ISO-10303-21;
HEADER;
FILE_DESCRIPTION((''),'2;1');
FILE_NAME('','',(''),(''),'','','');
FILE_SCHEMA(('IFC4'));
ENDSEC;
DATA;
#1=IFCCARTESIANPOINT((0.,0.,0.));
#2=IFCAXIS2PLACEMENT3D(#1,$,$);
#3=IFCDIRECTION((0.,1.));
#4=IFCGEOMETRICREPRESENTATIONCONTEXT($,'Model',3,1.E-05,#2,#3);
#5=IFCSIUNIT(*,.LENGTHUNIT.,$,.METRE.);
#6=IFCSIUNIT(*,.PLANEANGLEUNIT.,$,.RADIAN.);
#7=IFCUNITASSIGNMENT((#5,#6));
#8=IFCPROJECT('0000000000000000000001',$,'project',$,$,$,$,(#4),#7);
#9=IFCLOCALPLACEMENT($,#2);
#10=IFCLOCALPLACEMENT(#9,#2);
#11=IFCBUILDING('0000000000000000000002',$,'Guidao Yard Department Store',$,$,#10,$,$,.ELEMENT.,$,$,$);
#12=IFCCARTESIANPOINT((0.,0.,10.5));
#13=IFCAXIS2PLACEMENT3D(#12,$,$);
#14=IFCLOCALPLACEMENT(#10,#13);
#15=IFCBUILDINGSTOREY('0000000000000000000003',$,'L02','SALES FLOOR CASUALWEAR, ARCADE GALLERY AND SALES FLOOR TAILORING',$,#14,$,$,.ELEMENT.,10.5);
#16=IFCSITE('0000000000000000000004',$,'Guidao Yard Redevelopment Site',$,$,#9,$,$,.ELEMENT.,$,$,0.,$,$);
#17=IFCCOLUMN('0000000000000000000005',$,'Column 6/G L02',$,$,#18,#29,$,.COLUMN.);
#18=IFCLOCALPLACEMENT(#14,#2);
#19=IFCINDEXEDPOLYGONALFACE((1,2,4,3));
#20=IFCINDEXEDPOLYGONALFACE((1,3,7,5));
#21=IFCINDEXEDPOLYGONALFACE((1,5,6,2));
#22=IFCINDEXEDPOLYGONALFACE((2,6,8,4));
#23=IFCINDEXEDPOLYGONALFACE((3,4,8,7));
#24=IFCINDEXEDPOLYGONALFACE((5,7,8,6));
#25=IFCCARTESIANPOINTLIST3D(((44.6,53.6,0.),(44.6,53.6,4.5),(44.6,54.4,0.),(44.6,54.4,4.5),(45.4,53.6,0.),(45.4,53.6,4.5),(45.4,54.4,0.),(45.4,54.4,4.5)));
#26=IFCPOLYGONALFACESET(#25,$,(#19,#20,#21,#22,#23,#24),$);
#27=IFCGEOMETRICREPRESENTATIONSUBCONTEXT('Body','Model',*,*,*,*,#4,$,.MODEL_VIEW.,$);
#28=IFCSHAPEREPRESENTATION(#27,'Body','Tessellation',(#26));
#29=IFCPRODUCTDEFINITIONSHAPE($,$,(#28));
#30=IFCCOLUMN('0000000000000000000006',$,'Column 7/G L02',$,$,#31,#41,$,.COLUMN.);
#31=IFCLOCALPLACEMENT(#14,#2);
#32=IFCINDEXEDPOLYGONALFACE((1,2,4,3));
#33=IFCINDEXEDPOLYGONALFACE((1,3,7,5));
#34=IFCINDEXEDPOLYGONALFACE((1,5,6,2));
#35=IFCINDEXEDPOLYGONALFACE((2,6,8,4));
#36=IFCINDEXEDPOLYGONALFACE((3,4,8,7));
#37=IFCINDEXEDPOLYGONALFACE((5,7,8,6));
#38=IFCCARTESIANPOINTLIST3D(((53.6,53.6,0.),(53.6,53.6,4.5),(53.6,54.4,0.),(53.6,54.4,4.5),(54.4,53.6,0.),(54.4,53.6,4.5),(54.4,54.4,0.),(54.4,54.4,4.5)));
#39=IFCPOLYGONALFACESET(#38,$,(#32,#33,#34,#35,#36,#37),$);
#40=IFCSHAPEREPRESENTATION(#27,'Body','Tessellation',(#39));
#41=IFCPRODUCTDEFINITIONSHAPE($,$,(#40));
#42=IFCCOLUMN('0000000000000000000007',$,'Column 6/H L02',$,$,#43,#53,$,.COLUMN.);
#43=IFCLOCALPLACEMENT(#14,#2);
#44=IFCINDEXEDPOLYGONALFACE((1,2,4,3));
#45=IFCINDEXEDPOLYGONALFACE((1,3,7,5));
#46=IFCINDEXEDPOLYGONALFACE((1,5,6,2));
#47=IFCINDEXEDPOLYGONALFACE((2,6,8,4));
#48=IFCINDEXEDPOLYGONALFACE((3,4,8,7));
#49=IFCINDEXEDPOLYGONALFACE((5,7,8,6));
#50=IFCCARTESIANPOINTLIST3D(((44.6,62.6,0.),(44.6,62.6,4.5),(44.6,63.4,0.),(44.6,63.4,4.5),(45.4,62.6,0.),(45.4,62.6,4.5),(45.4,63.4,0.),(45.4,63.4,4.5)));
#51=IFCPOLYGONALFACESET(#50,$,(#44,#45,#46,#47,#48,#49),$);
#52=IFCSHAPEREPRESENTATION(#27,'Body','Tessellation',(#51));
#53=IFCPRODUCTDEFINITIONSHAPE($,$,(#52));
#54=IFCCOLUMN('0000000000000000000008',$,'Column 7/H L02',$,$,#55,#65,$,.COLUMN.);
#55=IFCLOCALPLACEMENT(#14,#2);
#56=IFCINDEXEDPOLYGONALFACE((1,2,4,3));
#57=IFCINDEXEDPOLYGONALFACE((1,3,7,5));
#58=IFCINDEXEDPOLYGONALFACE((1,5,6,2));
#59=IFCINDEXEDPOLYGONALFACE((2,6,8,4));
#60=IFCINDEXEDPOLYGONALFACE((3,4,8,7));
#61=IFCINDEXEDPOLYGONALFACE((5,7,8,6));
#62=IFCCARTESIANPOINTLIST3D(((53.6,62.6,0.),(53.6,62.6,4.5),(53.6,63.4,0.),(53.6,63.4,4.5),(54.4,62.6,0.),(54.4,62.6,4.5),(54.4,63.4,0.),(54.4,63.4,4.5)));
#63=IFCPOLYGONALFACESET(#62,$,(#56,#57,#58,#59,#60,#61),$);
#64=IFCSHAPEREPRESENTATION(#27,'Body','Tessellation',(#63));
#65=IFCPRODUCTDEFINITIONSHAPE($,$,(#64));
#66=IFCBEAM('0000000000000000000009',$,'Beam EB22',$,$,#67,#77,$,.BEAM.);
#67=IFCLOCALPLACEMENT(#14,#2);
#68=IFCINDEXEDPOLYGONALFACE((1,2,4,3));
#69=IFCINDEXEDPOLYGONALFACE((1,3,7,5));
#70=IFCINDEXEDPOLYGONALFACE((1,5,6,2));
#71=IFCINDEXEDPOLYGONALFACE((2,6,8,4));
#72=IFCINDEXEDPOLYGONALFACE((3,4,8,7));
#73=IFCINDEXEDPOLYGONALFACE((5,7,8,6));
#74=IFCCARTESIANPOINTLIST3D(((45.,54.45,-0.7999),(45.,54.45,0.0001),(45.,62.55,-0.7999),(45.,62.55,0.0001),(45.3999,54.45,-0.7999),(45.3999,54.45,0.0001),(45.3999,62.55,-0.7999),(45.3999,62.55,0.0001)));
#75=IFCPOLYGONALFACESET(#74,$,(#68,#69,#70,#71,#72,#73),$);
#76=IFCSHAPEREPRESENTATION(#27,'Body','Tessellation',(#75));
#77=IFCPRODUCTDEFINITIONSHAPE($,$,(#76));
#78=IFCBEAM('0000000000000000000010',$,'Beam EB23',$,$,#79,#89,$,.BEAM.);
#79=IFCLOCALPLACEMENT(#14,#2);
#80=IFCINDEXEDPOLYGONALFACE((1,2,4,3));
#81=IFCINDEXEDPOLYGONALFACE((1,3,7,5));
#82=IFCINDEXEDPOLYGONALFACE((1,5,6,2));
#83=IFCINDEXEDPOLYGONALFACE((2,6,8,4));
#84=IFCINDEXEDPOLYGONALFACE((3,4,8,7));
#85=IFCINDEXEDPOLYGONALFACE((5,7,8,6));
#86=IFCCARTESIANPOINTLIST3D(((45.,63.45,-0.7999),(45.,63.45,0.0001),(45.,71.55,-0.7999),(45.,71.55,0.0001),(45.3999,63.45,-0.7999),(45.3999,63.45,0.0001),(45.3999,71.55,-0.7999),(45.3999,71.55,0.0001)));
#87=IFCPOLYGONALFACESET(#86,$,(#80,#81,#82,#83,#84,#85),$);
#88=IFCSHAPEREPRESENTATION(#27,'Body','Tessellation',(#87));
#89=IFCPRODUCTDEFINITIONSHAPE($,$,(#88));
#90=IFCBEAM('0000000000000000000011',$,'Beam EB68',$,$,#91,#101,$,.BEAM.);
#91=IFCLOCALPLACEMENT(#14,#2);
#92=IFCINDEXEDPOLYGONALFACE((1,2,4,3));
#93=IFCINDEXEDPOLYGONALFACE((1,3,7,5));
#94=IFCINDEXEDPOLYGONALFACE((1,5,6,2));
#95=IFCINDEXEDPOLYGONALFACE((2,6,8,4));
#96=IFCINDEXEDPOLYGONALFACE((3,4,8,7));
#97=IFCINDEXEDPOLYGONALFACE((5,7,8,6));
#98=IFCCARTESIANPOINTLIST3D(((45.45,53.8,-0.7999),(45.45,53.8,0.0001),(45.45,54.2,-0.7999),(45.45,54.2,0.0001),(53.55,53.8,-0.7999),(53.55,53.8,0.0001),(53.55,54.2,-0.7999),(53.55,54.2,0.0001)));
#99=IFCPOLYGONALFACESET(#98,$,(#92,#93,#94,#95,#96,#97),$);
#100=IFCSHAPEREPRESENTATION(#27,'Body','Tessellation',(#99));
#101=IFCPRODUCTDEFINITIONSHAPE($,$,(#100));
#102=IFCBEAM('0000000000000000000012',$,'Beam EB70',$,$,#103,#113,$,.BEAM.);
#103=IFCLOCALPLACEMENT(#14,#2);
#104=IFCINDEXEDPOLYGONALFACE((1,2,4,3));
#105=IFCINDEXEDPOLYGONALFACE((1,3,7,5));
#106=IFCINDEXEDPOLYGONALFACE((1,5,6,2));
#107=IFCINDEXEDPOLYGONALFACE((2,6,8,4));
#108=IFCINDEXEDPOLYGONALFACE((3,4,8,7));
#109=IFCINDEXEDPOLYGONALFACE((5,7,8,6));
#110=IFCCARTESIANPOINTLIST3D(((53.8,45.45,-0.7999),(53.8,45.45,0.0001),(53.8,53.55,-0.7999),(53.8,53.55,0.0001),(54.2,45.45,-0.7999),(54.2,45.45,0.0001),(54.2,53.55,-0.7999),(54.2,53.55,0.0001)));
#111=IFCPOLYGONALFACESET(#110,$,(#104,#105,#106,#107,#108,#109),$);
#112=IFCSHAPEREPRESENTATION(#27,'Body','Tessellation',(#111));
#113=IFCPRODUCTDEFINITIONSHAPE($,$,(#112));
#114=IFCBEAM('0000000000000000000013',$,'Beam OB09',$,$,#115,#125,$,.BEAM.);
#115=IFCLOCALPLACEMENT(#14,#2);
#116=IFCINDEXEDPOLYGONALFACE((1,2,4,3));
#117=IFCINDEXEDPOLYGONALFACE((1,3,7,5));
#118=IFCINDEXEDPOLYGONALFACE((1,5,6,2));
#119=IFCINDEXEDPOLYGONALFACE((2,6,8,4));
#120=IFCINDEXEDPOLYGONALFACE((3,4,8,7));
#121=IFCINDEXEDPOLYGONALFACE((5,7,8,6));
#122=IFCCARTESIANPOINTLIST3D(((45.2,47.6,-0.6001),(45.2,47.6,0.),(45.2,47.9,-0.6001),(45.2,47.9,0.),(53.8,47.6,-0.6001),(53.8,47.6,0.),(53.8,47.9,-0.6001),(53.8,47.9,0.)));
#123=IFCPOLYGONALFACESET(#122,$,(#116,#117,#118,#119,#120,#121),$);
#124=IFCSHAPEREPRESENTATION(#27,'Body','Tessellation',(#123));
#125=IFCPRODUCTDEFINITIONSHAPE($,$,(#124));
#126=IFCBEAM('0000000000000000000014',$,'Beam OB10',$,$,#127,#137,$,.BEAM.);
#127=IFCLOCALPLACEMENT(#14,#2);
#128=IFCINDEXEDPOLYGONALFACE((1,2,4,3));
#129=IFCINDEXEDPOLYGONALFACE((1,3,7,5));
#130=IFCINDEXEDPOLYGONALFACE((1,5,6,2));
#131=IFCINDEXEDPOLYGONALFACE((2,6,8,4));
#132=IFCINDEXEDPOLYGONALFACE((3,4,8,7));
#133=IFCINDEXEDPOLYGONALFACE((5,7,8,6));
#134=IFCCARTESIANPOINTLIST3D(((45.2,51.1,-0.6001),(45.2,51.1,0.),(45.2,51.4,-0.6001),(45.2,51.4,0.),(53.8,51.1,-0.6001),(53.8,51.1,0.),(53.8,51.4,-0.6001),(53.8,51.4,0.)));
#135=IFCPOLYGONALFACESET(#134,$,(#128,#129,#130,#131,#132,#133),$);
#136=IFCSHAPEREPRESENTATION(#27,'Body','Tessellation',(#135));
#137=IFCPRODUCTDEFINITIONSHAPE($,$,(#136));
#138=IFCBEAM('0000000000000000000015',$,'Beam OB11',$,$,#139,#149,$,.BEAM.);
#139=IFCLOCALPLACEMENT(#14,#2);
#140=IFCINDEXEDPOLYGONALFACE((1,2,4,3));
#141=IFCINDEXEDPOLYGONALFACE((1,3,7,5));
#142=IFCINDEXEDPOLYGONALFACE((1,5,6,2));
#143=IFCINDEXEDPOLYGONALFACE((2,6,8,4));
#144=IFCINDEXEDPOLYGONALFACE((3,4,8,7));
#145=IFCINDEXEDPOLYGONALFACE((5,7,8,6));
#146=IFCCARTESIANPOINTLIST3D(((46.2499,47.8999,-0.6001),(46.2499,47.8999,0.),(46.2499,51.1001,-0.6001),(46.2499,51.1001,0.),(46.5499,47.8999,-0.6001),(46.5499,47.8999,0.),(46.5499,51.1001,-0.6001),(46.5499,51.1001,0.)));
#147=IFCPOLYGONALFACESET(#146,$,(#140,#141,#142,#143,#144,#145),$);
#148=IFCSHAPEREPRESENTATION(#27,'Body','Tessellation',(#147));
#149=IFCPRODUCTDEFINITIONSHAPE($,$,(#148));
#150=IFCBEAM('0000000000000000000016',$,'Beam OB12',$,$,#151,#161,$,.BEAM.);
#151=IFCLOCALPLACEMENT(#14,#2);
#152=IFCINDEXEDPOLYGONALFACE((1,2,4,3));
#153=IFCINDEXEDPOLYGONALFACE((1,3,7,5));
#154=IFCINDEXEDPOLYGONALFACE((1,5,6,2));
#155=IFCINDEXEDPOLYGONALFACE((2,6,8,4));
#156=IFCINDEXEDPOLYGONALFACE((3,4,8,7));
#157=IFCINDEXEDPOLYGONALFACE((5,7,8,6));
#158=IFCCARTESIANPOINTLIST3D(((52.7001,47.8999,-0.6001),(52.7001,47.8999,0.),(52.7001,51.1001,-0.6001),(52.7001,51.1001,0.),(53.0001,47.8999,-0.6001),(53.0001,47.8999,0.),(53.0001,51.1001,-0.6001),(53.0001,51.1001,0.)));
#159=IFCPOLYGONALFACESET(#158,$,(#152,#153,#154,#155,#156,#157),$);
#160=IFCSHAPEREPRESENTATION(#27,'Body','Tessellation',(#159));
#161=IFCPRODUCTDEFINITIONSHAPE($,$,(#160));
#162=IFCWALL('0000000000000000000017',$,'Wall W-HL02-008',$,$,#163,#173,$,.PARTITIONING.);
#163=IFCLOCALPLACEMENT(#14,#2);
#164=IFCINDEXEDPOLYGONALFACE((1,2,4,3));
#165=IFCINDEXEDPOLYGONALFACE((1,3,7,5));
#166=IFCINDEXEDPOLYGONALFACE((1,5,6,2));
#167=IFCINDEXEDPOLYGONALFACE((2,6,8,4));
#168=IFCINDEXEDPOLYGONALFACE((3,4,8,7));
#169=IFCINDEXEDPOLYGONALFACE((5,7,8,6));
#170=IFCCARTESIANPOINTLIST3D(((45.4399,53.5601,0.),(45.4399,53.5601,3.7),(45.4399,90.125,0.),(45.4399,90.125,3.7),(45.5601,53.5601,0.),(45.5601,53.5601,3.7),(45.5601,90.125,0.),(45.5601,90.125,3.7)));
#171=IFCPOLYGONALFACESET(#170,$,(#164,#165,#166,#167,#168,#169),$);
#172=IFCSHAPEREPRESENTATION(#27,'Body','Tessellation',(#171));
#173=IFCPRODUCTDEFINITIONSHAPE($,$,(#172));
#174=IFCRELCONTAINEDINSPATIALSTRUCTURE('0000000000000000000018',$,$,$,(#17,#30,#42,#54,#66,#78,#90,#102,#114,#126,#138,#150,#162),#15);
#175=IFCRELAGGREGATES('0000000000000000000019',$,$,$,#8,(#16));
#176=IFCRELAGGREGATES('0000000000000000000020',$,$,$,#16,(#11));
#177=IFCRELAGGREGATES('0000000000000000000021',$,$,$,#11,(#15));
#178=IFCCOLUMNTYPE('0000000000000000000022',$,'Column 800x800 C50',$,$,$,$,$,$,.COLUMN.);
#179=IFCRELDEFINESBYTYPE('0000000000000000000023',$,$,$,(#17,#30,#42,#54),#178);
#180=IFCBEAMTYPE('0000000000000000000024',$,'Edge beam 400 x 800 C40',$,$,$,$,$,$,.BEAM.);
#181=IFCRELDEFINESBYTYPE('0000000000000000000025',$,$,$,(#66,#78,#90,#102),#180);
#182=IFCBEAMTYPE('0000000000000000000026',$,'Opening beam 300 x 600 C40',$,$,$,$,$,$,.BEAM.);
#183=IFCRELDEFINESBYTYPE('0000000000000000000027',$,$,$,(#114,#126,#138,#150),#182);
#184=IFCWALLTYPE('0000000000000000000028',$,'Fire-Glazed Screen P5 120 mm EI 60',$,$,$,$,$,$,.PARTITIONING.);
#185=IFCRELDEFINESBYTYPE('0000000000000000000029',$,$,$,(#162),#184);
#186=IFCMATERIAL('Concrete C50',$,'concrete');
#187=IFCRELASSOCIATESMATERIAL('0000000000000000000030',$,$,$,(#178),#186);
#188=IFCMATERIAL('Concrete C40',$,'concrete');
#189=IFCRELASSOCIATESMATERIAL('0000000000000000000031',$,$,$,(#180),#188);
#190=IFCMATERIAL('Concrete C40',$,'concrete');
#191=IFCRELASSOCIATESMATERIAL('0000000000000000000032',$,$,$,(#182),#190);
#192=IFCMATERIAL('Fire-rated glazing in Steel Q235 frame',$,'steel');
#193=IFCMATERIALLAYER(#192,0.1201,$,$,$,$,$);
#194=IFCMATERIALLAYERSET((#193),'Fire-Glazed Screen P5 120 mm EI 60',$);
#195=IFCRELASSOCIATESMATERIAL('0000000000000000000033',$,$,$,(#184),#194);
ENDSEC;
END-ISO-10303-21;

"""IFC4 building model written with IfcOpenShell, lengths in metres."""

from ifc_helpers import new_model, si_unit, direction, frame, frame_2d, origin, origin_2d, place, context, subcontext, project, spatial, rectangle, extrude, material, layer, layer_set, material_profile, profile_set, type_object, element, save


model = new_model("IFC4")

# Units and contexts
model_context = context("Model", 3, precision=1e-05, world=origin(), true_north=direction((0.0, 1.0)))
body_context = subcontext(model_context, "Body", "Model", "MODEL_VIEW")
ifc_project = project(units=[si_unit("LENGTHUNIT", "METRE"), si_unit("PLANEANGLEUNIT", "RADIAN")], contexts=[model_context])

# Site, building, storey
site_placement = place(None, origin())
site = spatial("IfcSite", under=ifc_project, at=site_placement, Name="Guidao Yard Redevelopment Site", CompositionType="ELEMENT", RefElevation=0.0)
building_placement = place(site_placement, origin())
building = spatial("IfcBuilding", under=site, at=building_placement, Name="Guidao Yard Department Store", CompositionType="ELEMENT")
storey_placement = place(building_placement, frame((0.0, 0.0, 10.5)))
storey = spatial("IfcBuildingStorey", under=building, at=storey_placement, Name="L02", Description="SALES FLOOR CASUALWEAR, ARCADE GALLERY AND SALES FLOOR TAILORING", CompositionType="ELEMENT", Elevation=10.5)

# Columns
ifc_material_1 = material(Name="Concrete C50", Category="concrete")
ifc_material_profile_1 = material_profile(ifc_material_1, rectangle(XDim=0.8, YDim=0.8, at=origin_2d()), Name="COL 800x800")
ifc_profile_set_1 = profile_set([ifc_material_profile_1], Name="Concrete C50")
column_type = type_object("IfcColumnType", Name="Column 800x800 C50", PredefinedType="COLUMN", material=ifc_profile_set_1)
for number, where, z_axis, x_axis, name in (
    (1, (45.0, 54.0, 0.0), (0.0, 0.0, 1.0), (1.0, 0.0, 0.0), "Column 6/G L02"),
    (2, (54.0, 54.0, 0.0), (0.0, 0.0, 1.0), (1.0, 0.0, 0.0), "Column 7/G L02"),
    (3, (45.0, 63.0, 0.0), (0.0, 0.0, 1.0), (1.0, 0.0, 0.0), "Column 6/H L02"),
    (4, (54.0, 63.0, 0.0), (0.0, 0.0, 1.0), (1.0, 0.0, 0.0), "Column 7/H L02"),
):
    element("IfcColumn", number, at=place(storey_placement, frame(where, z_axis=z_axis, x_axis=x_axis)), inside=storey, type_object=column_type, Name=name, PredefinedType="COLUMN", context=body_context, shape_type="SweptSolid", body=[
        extrude(rectangle(XDim=0.8, YDim=0.8, at=origin_2d()), origin(), (0.0, 0.0, 1.0), 4.5),
    ])

# Beams
ifc_material_2 = material(Name="Concrete C40", Category="concrete")
ifc_material_profile_2 = material_profile(ifc_material_2, rectangle(XDim=0.3999, YDim=0.8, at=origin_2d()), Name="Edge beam 400 x 800 C40")
ifc_profile_set_2 = profile_set([ifc_material_profile_2], Name="Concrete C40")
beam_type_1 = type_object("IfcBeamType", Name="Edge beam 400 x 800 C40", PredefinedType="BEAM", material=ifc_profile_set_2)
for number, where, z_axis, x_axis, name in (
    (5, (45.2, 54.45, -0.3999), (0.0, 1.0, 0.0), (-1.0, 0.0, 0.0), "Beam EB22"),
    (6, (45.2, 63.45, -0.3999), (0.0, 1.0, 0.0), (-1.0, 0.0, 0.0), "Beam EB23"),
    (7, (45.45, 54.0, -0.3999), (1.0, 0.0, 0.0), (0.0, 1.0, 0.0), "Beam EB68"),
    (8, (54.0, 45.45, -0.3999), (0.0, 1.0, 0.0), (-1.0, 0.0, 0.0), "Beam EB70"),
):
    element("IfcBeam", number, at=place(storey_placement, frame(where, z_axis=z_axis, x_axis=x_axis)), inside=storey, type_object=beam_type_1, Name=name, PredefinedType="BEAM", context=body_context, shape_type="SweptSolid", body=[
        extrude(rectangle(XDim=0.3999, YDim=0.8, at=origin_2d()), origin(), (0.0, 0.0, 1.0), 8.1001),
    ])
ifc_material_3 = material(Name="Concrete C40", Category="concrete")
ifc_material_profile_3 = material_profile(ifc_material_3, rectangle(XDim=0.3, YDim=0.6001, at=origin_2d()), Name="Opening beam 300 x 600 C40")
ifc_profile_set_3 = profile_set([ifc_material_profile_3], Name="Concrete C40")
beam_type_2 = type_object("IfcBeamType", Name="Opening beam 300 x 600 C40", PredefinedType="BEAM", material=ifc_profile_set_3)
for number, where, z_axis, x_axis, name in (
    (9, (45.2, 47.75, -0.3), (1.0, 0.0, 0.0), (0.0, 1.0, 0.0), "Beam OB09"),
    (10, (45.2, 51.25, -0.3), (1.0, 0.0, 0.0), (0.0, 1.0, 0.0), "Beam OB10"),
):
    element("IfcBeam", number, at=place(storey_placement, frame(where, z_axis=z_axis, x_axis=x_axis)), inside=storey, type_object=beam_type_2, Name=name, PredefinedType="BEAM", context=body_context, shape_type="SweptSolid", body=[
        extrude(rectangle(XDim=0.3, YDim=0.6001, at=origin_2d()), origin(), (0.0, 0.0, 1.0), 8.6001),
    ])
for number, where, z_axis, x_axis, name in (
    (11, (46.3999, 47.8999, -0.3), (0.0, 1.0, 0.0), (-1.0, 0.0, 0.0), "Beam OB11"),
    (12, (52.8501, 47.8999, -0.3), (0.0, 1.0, 0.0), (-1.0, 0.0, 0.0), "Beam OB12"),
):
    element("IfcBeam", number, at=place(storey_placement, frame(where, z_axis=z_axis, x_axis=x_axis)), inside=storey, type_object=beam_type_2, Name=name, PredefinedType="BEAM", context=body_context, shape_type="SweptSolid", body=[
        extrude(rectangle(XDim=0.3, YDim=0.6001, at=origin_2d()), origin(), (0.0, 0.0, 1.0), 3.2002),
    ])

# Wall
ifc_material_4 = material(Name="Fire-rated glazing in Steel Q235 frame", Category="steel")
ifc_layer_1 = layer(ifc_material_4, 0.1201)
ifc_layer_set_1 = layer_set([ifc_layer_1], Name="Fire-Glazed Screen P5 120 mm EI 60")
wall_type_1 = type_object("IfcWallType", Name="Fire-Glazed Screen P5 120 mm EI 60", PredefinedType="PARTITIONING", material=ifc_layer_set_1)
wall_1_placement = place(storey_placement, frame((45.5, 53.5601, 0.0), z_axis=(0.0, 0.0, 1.0), x_axis=(0.0, 1.0, 0.0)))
element("IfcWall", 13, at=wall_1_placement, inside=storey, type_object=wall_type_1, Name="Wall W-HL02-008", PredefinedType="PARTITIONING", context=body_context, shape_type="SweptSolid", body=[
    extrude(rectangle(XDim=36.5649, YDim=0.1201, at=frame_2d((18.2825, 0.0))), origin(), (0.0, 0.0, 1.0), 3.7),
])

save(model, "model.ifc")
